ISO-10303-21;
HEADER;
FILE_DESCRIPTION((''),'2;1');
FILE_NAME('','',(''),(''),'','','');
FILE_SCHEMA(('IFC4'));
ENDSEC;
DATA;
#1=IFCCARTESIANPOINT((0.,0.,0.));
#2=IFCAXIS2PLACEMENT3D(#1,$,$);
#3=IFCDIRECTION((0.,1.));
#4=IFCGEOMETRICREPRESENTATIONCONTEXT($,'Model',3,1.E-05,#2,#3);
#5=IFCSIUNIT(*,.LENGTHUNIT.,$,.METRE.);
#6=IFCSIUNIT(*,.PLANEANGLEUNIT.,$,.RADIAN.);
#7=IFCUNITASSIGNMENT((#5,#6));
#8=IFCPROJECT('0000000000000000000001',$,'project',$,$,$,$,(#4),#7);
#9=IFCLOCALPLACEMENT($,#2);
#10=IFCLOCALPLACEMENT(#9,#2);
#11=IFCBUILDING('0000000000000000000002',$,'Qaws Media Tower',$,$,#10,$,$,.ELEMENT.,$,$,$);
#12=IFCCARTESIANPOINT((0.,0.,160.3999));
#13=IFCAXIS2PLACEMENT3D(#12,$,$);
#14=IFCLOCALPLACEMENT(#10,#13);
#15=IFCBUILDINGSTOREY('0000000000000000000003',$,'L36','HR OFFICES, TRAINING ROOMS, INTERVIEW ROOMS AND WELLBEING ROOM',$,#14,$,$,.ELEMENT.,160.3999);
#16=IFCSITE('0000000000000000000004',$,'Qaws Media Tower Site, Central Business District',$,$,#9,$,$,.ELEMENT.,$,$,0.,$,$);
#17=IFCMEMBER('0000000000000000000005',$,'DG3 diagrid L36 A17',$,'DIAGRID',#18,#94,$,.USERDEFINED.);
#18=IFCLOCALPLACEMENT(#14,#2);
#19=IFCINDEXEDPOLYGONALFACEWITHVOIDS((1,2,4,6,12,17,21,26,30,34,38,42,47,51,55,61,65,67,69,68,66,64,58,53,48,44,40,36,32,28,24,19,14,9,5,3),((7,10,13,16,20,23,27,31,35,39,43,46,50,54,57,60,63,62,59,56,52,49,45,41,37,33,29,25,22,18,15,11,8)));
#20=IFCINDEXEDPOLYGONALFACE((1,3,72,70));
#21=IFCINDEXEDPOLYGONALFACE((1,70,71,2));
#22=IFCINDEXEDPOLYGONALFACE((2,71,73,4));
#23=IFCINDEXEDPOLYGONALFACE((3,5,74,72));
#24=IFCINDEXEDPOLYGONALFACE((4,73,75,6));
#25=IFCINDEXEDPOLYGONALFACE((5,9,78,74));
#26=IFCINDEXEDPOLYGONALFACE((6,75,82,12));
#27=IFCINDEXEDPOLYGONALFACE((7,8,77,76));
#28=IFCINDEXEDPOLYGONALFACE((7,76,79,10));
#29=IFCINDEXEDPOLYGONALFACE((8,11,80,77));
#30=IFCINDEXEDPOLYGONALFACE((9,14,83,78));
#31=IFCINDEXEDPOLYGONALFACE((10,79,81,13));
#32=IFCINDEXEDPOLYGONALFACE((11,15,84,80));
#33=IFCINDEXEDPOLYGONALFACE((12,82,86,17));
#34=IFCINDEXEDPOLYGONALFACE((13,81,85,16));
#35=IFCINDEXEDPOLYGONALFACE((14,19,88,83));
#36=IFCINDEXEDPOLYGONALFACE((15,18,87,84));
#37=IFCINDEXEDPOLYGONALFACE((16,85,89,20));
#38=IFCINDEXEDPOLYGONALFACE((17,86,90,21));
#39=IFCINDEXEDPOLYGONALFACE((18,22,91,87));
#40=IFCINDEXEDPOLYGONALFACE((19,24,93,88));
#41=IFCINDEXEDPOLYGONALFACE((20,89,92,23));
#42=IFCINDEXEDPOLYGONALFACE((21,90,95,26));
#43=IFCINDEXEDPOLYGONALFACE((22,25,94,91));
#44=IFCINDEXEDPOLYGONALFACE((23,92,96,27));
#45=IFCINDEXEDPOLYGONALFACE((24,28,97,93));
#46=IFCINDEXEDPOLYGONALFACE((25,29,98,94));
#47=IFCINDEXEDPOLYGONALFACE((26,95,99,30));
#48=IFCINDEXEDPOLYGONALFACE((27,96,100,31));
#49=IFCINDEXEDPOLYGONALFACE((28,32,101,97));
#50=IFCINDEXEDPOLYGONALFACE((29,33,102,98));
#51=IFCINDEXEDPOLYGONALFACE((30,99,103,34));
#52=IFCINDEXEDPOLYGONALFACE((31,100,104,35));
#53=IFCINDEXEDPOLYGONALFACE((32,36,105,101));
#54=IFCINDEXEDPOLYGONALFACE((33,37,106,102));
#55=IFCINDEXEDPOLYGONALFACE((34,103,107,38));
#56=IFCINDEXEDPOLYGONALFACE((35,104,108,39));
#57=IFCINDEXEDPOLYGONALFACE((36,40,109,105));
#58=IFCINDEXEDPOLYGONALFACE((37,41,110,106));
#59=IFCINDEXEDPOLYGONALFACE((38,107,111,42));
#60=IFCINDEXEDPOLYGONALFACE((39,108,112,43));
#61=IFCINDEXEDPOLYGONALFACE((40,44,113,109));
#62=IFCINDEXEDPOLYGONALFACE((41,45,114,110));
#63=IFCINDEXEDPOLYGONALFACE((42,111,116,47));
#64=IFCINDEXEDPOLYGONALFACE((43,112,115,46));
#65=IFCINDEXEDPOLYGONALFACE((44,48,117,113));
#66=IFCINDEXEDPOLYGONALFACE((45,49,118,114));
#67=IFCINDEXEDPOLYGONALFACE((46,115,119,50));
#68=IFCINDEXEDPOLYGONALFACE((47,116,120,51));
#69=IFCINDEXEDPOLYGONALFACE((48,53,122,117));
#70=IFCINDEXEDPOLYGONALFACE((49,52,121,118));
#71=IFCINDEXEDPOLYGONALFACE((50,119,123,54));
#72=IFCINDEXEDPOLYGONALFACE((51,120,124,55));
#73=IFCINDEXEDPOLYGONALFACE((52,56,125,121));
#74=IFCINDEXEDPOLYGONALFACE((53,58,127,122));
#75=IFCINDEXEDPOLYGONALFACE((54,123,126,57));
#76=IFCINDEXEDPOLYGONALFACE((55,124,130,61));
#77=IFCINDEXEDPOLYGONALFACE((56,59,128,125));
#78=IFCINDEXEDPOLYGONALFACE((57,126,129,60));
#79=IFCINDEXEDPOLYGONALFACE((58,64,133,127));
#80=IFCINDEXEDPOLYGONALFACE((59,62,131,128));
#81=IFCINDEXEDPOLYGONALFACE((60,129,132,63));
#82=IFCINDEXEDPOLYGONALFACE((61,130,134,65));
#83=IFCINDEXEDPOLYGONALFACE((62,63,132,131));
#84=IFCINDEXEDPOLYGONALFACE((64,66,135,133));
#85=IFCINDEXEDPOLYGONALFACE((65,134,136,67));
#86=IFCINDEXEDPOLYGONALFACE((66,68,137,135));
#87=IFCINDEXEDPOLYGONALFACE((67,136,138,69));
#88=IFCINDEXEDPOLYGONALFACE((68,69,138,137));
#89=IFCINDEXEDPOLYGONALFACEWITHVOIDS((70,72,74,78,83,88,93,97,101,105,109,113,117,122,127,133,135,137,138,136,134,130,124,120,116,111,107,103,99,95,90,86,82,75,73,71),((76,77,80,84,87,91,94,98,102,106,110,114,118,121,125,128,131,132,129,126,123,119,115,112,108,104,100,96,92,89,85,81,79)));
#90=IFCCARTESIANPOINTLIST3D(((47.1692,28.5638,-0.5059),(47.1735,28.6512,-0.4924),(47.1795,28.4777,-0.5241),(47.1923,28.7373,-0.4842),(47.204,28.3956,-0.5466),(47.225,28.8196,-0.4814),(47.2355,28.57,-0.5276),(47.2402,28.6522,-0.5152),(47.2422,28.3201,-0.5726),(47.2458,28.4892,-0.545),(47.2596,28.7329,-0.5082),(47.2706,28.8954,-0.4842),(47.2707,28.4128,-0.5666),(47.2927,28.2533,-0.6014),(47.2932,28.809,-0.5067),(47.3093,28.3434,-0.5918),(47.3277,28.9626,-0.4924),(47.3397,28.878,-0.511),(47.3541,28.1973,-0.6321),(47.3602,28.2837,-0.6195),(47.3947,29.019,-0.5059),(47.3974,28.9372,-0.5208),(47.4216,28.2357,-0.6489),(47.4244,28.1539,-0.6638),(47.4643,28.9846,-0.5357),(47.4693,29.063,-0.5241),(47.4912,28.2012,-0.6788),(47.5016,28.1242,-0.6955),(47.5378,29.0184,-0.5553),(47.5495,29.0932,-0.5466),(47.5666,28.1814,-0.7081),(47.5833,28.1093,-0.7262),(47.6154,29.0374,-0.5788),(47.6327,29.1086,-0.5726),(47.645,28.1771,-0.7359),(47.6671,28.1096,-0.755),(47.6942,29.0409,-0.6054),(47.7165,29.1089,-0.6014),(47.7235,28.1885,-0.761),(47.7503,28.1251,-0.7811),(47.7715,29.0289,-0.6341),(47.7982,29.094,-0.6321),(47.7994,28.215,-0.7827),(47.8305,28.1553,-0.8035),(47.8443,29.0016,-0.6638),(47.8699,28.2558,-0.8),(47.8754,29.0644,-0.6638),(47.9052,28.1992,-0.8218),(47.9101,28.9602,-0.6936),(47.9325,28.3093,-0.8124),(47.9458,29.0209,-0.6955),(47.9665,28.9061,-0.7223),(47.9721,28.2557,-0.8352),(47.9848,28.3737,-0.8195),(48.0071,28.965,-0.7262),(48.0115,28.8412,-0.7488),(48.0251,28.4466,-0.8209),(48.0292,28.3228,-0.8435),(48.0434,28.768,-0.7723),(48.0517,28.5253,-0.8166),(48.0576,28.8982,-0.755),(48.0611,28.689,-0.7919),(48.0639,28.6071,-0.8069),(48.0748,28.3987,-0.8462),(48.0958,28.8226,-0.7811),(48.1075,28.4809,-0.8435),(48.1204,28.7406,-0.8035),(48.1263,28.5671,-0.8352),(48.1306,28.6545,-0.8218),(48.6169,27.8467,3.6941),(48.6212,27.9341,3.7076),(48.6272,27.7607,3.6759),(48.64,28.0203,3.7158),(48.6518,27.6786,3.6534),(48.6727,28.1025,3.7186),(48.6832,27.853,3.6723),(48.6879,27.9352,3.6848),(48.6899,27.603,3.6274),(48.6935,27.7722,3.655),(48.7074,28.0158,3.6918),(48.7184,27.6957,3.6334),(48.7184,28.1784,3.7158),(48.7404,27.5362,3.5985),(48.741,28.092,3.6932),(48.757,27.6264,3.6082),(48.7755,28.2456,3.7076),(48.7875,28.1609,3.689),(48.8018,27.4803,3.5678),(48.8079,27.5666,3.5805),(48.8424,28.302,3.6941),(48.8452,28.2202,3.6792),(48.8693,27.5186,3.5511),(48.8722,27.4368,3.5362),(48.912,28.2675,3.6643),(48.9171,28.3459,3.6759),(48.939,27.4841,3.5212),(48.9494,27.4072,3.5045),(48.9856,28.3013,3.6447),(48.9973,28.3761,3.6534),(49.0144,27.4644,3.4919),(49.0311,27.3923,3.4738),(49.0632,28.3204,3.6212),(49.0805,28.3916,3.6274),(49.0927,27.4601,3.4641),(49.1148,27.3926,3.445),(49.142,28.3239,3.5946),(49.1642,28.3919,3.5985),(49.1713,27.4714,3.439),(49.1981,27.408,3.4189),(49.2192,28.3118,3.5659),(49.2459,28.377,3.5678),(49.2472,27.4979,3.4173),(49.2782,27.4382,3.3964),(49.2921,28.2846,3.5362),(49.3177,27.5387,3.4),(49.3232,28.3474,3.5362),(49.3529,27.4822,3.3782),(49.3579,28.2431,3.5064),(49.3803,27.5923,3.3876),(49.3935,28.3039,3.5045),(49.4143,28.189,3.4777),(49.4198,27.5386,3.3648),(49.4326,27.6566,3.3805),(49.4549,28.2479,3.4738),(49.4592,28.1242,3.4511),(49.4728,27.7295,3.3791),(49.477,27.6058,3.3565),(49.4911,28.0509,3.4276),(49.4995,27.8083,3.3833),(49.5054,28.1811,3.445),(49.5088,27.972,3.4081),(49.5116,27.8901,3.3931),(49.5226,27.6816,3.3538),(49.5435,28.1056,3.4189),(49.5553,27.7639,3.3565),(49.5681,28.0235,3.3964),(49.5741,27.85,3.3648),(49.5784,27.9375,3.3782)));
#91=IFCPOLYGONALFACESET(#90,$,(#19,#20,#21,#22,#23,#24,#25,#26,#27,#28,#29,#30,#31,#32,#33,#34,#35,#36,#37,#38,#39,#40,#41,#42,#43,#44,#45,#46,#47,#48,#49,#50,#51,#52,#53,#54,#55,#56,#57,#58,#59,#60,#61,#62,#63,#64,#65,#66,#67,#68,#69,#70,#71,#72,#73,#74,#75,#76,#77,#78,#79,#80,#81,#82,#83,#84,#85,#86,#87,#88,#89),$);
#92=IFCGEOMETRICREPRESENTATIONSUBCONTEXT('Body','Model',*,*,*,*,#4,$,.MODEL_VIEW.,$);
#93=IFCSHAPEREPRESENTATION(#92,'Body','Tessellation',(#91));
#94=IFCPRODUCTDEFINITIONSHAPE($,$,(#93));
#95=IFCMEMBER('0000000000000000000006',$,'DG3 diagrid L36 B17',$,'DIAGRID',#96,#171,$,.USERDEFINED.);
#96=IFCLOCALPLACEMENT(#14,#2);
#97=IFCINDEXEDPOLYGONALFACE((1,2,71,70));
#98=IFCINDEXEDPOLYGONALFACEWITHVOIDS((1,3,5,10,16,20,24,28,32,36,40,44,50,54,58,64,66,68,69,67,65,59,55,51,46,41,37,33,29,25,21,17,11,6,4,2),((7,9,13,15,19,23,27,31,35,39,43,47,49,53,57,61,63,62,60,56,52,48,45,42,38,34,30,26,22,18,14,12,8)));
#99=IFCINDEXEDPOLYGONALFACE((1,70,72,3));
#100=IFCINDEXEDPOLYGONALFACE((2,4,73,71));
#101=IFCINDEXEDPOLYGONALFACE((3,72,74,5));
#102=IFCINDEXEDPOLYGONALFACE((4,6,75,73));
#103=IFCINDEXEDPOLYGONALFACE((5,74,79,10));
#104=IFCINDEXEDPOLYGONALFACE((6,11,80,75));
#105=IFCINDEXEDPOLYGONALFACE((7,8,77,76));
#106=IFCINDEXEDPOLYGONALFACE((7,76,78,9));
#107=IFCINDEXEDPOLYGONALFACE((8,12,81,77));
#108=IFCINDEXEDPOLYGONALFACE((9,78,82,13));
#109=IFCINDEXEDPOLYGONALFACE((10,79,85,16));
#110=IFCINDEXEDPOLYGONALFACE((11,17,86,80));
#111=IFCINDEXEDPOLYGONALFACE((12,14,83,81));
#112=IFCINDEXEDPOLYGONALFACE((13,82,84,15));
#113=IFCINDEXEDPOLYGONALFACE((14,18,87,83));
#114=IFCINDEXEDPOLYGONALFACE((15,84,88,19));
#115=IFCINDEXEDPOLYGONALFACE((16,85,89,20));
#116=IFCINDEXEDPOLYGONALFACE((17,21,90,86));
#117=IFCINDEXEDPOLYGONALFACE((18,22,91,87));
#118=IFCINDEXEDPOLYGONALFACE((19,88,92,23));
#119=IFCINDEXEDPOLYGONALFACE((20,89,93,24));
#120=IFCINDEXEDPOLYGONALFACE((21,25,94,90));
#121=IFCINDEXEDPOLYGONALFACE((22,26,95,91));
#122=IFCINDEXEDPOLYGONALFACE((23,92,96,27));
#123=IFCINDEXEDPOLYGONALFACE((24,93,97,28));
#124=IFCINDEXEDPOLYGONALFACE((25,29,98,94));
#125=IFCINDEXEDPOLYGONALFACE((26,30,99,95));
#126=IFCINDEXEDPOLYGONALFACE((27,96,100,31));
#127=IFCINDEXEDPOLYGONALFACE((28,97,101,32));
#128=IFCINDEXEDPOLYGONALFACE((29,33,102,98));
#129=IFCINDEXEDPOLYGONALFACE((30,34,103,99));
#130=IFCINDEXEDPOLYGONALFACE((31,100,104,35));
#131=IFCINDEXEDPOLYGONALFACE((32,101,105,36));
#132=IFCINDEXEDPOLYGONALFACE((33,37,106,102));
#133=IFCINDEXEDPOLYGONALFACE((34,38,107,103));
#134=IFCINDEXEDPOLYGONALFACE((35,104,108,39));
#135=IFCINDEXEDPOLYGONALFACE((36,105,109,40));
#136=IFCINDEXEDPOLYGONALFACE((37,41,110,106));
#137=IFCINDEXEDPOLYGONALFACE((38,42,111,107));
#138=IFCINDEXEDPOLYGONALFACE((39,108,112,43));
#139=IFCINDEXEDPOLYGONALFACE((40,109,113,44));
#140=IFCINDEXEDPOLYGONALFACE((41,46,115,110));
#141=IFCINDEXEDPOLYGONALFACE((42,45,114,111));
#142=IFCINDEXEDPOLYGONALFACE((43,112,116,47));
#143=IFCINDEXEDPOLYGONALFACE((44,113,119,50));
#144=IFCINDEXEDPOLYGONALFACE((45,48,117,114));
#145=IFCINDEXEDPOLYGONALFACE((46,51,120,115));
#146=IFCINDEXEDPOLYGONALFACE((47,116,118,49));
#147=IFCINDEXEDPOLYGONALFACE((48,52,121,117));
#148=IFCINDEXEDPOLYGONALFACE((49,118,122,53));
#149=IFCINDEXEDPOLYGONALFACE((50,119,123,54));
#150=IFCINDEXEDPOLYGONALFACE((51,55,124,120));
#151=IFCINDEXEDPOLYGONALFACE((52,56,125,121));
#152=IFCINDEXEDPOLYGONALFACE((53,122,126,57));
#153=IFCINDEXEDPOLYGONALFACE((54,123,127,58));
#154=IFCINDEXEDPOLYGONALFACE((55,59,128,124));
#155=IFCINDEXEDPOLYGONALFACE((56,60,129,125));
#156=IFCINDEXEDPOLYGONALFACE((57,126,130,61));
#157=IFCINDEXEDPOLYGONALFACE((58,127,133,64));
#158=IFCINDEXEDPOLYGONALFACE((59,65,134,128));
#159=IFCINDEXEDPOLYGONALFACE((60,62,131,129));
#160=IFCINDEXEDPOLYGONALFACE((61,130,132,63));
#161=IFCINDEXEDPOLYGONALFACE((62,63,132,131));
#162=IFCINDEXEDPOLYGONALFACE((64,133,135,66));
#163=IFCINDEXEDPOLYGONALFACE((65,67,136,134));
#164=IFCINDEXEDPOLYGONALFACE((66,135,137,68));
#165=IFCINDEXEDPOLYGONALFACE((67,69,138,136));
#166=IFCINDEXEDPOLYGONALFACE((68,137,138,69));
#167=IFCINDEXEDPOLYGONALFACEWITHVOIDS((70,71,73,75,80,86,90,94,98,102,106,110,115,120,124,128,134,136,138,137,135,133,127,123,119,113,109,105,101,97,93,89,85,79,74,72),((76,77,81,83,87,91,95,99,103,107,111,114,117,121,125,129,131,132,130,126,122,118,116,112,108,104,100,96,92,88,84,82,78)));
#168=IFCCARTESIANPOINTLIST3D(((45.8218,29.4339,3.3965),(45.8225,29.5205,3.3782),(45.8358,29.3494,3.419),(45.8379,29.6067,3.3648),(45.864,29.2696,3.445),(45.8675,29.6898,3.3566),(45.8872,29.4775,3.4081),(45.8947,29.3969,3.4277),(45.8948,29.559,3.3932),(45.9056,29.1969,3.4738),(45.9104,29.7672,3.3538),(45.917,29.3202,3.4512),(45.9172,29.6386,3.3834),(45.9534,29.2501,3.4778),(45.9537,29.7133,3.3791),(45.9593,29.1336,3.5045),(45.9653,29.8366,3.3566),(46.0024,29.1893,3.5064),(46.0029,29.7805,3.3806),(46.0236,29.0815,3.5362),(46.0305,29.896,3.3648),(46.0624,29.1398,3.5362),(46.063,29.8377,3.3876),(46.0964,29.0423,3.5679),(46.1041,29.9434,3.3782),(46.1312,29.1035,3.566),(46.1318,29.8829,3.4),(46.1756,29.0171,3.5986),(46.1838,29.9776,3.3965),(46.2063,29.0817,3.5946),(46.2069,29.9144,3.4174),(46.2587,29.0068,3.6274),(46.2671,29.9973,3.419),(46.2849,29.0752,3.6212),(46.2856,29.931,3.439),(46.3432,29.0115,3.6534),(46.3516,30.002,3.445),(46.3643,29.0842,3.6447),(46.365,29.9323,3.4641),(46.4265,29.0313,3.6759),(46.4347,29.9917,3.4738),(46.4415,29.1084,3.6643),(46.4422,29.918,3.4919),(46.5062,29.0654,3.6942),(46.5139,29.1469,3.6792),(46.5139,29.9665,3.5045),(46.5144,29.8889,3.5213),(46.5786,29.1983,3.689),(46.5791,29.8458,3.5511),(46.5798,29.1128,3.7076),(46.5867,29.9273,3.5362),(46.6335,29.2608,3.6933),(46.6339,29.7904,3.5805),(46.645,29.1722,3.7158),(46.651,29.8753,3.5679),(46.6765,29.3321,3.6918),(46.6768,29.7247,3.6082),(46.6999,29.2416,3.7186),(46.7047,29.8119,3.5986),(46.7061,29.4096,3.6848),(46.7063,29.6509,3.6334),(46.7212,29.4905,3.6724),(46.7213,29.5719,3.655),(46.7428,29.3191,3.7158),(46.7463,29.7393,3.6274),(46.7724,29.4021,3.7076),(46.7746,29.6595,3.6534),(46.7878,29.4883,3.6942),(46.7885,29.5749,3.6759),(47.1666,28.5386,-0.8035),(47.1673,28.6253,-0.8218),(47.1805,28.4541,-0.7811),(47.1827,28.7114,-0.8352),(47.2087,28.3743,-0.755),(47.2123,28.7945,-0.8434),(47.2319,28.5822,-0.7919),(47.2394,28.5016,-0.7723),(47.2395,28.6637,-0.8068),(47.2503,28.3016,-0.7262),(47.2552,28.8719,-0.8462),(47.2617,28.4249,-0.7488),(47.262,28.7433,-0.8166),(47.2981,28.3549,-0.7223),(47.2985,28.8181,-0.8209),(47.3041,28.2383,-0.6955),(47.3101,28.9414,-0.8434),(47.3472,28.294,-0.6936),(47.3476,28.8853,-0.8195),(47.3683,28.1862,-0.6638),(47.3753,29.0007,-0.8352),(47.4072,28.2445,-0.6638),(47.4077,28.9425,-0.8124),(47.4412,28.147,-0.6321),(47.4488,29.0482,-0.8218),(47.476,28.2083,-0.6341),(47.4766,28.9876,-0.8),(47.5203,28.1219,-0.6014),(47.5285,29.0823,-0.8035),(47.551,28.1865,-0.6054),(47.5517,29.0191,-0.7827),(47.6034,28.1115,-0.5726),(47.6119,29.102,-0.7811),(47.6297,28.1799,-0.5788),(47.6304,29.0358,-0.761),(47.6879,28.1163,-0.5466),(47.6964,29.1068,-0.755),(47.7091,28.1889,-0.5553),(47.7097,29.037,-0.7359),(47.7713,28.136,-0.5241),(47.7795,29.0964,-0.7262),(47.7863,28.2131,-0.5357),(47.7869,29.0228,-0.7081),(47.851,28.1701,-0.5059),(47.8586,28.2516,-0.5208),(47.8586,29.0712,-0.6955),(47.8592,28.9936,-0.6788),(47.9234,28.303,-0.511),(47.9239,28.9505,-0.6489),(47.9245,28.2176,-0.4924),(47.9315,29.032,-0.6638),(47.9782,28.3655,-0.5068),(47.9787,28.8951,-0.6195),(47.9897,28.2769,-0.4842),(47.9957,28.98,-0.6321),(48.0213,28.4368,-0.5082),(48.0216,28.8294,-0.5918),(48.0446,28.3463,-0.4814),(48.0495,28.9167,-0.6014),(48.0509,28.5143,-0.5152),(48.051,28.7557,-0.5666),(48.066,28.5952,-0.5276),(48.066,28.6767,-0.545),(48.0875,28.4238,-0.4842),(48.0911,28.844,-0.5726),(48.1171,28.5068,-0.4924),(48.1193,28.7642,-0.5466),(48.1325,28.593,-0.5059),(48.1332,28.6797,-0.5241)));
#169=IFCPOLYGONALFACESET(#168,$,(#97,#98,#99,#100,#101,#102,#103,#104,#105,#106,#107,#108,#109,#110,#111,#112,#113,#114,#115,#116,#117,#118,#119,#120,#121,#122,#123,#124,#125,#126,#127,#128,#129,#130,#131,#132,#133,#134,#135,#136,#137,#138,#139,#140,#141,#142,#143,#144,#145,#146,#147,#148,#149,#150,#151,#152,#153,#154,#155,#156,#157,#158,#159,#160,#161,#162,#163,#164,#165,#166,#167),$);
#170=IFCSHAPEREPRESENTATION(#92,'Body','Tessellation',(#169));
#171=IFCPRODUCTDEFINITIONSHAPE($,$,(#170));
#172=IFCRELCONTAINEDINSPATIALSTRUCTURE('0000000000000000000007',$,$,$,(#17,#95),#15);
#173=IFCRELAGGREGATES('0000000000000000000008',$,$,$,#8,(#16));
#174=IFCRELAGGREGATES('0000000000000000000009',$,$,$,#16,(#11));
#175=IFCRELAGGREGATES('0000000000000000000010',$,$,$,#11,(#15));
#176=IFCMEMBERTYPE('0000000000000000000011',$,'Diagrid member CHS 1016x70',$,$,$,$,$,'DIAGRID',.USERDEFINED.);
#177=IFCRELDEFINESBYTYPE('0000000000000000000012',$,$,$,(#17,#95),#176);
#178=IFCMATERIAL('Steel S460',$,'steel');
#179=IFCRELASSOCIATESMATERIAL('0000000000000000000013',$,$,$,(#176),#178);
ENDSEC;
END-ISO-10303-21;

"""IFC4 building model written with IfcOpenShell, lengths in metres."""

from ifc_helpers import new_model, si_unit, direction, frame, origin, origin_2d, place, context, subcontext, project, spatial, hollow_circle, extrude, material, material_profile, profile_set, type_object, element, save


model = new_model("IFC4")

# Units and contexts
model_context = context("Model", 3, precision=1e-05, world=origin(), true_north=direction((0.0, 1.0)))
body_context = subcontext(model_context, "Body", "Model", "MODEL_VIEW")
ifc_project = project(units=[si_unit("LENGTHUNIT", "METRE"), si_unit("PLANEANGLEUNIT", "RADIAN")], contexts=[model_context])

# Site, building, storey
site_placement = place(None, origin())
site = spatial("IfcSite", under=ifc_project, at=site_placement, Name="Qaws Media Tower Site, Central Business District", CompositionType="ELEMENT", RefElevation=0.0)
building_placement = place(site_placement, origin())
building = spatial("IfcBuilding", under=site, at=building_placement, Name="Qaws Media Tower", CompositionType="ELEMENT")
storey_placement = place(building_placement, frame((0.0, 0.0, 160.3999)))
storey = spatial("IfcBuildingStorey", under=building, at=storey_placement, Name="L36", Description="HR OFFICES, TRAINING ROOMS, INTERVIEW ROOMS AND WELLBEING ROOM", CompositionType="ELEMENT", Elevation=160.3999)

# Members
ifc_material_1 = material(Name="Steel S460", Category="steel")
ifc_material_profile_1 = material_profile(ifc_material_1, hollow_circle(Radius=0.5081, WallThickness=0.0701, at=origin_2d()), Name="CHS 1016x70")
ifc_profile_set_1 = profile_set([ifc_material_profile_1], Name="Steel S460")
member_type_1 = type_object("IfcMemberType", Name="Diagrid member CHS 1016x70", ElementType="DIAGRID", PredefinedType="USERDEFINED", material=ifc_profile_set_1)
for number, where, z_axis, x_axis, name in (
    (1, (47.6499, 28.6091, -0.6638), (0.321725, -0.159344, 0.933329), (0.443825, 0.896113, 0.0), "DG3 diagrid L36 A17"),
    (2, (47.6499, 28.6091, -0.6638), (-0.298833, 0.198951, 0.933337), (-0.554177, -0.832399, 0.0), "DG3 diagrid L36 B17"),
):
    element("IfcMember", number, at=place(storey_placement, frame(where, z_axis=z_axis, x_axis=x_axis)), inside=storey, type_object=member_type_1, Name=name, ObjectType="DIAGRID", PredefinedType="USERDEFINED", context=body_context, shape_type="SweptSolid", body=[
        extrude(hollow_circle(Radius=0.5081, WallThickness=0.0701, at=origin_2d()), origin(), (0.0, 0.0, 1.0), 4.5),
    ])

save(model, "model.ifc")
